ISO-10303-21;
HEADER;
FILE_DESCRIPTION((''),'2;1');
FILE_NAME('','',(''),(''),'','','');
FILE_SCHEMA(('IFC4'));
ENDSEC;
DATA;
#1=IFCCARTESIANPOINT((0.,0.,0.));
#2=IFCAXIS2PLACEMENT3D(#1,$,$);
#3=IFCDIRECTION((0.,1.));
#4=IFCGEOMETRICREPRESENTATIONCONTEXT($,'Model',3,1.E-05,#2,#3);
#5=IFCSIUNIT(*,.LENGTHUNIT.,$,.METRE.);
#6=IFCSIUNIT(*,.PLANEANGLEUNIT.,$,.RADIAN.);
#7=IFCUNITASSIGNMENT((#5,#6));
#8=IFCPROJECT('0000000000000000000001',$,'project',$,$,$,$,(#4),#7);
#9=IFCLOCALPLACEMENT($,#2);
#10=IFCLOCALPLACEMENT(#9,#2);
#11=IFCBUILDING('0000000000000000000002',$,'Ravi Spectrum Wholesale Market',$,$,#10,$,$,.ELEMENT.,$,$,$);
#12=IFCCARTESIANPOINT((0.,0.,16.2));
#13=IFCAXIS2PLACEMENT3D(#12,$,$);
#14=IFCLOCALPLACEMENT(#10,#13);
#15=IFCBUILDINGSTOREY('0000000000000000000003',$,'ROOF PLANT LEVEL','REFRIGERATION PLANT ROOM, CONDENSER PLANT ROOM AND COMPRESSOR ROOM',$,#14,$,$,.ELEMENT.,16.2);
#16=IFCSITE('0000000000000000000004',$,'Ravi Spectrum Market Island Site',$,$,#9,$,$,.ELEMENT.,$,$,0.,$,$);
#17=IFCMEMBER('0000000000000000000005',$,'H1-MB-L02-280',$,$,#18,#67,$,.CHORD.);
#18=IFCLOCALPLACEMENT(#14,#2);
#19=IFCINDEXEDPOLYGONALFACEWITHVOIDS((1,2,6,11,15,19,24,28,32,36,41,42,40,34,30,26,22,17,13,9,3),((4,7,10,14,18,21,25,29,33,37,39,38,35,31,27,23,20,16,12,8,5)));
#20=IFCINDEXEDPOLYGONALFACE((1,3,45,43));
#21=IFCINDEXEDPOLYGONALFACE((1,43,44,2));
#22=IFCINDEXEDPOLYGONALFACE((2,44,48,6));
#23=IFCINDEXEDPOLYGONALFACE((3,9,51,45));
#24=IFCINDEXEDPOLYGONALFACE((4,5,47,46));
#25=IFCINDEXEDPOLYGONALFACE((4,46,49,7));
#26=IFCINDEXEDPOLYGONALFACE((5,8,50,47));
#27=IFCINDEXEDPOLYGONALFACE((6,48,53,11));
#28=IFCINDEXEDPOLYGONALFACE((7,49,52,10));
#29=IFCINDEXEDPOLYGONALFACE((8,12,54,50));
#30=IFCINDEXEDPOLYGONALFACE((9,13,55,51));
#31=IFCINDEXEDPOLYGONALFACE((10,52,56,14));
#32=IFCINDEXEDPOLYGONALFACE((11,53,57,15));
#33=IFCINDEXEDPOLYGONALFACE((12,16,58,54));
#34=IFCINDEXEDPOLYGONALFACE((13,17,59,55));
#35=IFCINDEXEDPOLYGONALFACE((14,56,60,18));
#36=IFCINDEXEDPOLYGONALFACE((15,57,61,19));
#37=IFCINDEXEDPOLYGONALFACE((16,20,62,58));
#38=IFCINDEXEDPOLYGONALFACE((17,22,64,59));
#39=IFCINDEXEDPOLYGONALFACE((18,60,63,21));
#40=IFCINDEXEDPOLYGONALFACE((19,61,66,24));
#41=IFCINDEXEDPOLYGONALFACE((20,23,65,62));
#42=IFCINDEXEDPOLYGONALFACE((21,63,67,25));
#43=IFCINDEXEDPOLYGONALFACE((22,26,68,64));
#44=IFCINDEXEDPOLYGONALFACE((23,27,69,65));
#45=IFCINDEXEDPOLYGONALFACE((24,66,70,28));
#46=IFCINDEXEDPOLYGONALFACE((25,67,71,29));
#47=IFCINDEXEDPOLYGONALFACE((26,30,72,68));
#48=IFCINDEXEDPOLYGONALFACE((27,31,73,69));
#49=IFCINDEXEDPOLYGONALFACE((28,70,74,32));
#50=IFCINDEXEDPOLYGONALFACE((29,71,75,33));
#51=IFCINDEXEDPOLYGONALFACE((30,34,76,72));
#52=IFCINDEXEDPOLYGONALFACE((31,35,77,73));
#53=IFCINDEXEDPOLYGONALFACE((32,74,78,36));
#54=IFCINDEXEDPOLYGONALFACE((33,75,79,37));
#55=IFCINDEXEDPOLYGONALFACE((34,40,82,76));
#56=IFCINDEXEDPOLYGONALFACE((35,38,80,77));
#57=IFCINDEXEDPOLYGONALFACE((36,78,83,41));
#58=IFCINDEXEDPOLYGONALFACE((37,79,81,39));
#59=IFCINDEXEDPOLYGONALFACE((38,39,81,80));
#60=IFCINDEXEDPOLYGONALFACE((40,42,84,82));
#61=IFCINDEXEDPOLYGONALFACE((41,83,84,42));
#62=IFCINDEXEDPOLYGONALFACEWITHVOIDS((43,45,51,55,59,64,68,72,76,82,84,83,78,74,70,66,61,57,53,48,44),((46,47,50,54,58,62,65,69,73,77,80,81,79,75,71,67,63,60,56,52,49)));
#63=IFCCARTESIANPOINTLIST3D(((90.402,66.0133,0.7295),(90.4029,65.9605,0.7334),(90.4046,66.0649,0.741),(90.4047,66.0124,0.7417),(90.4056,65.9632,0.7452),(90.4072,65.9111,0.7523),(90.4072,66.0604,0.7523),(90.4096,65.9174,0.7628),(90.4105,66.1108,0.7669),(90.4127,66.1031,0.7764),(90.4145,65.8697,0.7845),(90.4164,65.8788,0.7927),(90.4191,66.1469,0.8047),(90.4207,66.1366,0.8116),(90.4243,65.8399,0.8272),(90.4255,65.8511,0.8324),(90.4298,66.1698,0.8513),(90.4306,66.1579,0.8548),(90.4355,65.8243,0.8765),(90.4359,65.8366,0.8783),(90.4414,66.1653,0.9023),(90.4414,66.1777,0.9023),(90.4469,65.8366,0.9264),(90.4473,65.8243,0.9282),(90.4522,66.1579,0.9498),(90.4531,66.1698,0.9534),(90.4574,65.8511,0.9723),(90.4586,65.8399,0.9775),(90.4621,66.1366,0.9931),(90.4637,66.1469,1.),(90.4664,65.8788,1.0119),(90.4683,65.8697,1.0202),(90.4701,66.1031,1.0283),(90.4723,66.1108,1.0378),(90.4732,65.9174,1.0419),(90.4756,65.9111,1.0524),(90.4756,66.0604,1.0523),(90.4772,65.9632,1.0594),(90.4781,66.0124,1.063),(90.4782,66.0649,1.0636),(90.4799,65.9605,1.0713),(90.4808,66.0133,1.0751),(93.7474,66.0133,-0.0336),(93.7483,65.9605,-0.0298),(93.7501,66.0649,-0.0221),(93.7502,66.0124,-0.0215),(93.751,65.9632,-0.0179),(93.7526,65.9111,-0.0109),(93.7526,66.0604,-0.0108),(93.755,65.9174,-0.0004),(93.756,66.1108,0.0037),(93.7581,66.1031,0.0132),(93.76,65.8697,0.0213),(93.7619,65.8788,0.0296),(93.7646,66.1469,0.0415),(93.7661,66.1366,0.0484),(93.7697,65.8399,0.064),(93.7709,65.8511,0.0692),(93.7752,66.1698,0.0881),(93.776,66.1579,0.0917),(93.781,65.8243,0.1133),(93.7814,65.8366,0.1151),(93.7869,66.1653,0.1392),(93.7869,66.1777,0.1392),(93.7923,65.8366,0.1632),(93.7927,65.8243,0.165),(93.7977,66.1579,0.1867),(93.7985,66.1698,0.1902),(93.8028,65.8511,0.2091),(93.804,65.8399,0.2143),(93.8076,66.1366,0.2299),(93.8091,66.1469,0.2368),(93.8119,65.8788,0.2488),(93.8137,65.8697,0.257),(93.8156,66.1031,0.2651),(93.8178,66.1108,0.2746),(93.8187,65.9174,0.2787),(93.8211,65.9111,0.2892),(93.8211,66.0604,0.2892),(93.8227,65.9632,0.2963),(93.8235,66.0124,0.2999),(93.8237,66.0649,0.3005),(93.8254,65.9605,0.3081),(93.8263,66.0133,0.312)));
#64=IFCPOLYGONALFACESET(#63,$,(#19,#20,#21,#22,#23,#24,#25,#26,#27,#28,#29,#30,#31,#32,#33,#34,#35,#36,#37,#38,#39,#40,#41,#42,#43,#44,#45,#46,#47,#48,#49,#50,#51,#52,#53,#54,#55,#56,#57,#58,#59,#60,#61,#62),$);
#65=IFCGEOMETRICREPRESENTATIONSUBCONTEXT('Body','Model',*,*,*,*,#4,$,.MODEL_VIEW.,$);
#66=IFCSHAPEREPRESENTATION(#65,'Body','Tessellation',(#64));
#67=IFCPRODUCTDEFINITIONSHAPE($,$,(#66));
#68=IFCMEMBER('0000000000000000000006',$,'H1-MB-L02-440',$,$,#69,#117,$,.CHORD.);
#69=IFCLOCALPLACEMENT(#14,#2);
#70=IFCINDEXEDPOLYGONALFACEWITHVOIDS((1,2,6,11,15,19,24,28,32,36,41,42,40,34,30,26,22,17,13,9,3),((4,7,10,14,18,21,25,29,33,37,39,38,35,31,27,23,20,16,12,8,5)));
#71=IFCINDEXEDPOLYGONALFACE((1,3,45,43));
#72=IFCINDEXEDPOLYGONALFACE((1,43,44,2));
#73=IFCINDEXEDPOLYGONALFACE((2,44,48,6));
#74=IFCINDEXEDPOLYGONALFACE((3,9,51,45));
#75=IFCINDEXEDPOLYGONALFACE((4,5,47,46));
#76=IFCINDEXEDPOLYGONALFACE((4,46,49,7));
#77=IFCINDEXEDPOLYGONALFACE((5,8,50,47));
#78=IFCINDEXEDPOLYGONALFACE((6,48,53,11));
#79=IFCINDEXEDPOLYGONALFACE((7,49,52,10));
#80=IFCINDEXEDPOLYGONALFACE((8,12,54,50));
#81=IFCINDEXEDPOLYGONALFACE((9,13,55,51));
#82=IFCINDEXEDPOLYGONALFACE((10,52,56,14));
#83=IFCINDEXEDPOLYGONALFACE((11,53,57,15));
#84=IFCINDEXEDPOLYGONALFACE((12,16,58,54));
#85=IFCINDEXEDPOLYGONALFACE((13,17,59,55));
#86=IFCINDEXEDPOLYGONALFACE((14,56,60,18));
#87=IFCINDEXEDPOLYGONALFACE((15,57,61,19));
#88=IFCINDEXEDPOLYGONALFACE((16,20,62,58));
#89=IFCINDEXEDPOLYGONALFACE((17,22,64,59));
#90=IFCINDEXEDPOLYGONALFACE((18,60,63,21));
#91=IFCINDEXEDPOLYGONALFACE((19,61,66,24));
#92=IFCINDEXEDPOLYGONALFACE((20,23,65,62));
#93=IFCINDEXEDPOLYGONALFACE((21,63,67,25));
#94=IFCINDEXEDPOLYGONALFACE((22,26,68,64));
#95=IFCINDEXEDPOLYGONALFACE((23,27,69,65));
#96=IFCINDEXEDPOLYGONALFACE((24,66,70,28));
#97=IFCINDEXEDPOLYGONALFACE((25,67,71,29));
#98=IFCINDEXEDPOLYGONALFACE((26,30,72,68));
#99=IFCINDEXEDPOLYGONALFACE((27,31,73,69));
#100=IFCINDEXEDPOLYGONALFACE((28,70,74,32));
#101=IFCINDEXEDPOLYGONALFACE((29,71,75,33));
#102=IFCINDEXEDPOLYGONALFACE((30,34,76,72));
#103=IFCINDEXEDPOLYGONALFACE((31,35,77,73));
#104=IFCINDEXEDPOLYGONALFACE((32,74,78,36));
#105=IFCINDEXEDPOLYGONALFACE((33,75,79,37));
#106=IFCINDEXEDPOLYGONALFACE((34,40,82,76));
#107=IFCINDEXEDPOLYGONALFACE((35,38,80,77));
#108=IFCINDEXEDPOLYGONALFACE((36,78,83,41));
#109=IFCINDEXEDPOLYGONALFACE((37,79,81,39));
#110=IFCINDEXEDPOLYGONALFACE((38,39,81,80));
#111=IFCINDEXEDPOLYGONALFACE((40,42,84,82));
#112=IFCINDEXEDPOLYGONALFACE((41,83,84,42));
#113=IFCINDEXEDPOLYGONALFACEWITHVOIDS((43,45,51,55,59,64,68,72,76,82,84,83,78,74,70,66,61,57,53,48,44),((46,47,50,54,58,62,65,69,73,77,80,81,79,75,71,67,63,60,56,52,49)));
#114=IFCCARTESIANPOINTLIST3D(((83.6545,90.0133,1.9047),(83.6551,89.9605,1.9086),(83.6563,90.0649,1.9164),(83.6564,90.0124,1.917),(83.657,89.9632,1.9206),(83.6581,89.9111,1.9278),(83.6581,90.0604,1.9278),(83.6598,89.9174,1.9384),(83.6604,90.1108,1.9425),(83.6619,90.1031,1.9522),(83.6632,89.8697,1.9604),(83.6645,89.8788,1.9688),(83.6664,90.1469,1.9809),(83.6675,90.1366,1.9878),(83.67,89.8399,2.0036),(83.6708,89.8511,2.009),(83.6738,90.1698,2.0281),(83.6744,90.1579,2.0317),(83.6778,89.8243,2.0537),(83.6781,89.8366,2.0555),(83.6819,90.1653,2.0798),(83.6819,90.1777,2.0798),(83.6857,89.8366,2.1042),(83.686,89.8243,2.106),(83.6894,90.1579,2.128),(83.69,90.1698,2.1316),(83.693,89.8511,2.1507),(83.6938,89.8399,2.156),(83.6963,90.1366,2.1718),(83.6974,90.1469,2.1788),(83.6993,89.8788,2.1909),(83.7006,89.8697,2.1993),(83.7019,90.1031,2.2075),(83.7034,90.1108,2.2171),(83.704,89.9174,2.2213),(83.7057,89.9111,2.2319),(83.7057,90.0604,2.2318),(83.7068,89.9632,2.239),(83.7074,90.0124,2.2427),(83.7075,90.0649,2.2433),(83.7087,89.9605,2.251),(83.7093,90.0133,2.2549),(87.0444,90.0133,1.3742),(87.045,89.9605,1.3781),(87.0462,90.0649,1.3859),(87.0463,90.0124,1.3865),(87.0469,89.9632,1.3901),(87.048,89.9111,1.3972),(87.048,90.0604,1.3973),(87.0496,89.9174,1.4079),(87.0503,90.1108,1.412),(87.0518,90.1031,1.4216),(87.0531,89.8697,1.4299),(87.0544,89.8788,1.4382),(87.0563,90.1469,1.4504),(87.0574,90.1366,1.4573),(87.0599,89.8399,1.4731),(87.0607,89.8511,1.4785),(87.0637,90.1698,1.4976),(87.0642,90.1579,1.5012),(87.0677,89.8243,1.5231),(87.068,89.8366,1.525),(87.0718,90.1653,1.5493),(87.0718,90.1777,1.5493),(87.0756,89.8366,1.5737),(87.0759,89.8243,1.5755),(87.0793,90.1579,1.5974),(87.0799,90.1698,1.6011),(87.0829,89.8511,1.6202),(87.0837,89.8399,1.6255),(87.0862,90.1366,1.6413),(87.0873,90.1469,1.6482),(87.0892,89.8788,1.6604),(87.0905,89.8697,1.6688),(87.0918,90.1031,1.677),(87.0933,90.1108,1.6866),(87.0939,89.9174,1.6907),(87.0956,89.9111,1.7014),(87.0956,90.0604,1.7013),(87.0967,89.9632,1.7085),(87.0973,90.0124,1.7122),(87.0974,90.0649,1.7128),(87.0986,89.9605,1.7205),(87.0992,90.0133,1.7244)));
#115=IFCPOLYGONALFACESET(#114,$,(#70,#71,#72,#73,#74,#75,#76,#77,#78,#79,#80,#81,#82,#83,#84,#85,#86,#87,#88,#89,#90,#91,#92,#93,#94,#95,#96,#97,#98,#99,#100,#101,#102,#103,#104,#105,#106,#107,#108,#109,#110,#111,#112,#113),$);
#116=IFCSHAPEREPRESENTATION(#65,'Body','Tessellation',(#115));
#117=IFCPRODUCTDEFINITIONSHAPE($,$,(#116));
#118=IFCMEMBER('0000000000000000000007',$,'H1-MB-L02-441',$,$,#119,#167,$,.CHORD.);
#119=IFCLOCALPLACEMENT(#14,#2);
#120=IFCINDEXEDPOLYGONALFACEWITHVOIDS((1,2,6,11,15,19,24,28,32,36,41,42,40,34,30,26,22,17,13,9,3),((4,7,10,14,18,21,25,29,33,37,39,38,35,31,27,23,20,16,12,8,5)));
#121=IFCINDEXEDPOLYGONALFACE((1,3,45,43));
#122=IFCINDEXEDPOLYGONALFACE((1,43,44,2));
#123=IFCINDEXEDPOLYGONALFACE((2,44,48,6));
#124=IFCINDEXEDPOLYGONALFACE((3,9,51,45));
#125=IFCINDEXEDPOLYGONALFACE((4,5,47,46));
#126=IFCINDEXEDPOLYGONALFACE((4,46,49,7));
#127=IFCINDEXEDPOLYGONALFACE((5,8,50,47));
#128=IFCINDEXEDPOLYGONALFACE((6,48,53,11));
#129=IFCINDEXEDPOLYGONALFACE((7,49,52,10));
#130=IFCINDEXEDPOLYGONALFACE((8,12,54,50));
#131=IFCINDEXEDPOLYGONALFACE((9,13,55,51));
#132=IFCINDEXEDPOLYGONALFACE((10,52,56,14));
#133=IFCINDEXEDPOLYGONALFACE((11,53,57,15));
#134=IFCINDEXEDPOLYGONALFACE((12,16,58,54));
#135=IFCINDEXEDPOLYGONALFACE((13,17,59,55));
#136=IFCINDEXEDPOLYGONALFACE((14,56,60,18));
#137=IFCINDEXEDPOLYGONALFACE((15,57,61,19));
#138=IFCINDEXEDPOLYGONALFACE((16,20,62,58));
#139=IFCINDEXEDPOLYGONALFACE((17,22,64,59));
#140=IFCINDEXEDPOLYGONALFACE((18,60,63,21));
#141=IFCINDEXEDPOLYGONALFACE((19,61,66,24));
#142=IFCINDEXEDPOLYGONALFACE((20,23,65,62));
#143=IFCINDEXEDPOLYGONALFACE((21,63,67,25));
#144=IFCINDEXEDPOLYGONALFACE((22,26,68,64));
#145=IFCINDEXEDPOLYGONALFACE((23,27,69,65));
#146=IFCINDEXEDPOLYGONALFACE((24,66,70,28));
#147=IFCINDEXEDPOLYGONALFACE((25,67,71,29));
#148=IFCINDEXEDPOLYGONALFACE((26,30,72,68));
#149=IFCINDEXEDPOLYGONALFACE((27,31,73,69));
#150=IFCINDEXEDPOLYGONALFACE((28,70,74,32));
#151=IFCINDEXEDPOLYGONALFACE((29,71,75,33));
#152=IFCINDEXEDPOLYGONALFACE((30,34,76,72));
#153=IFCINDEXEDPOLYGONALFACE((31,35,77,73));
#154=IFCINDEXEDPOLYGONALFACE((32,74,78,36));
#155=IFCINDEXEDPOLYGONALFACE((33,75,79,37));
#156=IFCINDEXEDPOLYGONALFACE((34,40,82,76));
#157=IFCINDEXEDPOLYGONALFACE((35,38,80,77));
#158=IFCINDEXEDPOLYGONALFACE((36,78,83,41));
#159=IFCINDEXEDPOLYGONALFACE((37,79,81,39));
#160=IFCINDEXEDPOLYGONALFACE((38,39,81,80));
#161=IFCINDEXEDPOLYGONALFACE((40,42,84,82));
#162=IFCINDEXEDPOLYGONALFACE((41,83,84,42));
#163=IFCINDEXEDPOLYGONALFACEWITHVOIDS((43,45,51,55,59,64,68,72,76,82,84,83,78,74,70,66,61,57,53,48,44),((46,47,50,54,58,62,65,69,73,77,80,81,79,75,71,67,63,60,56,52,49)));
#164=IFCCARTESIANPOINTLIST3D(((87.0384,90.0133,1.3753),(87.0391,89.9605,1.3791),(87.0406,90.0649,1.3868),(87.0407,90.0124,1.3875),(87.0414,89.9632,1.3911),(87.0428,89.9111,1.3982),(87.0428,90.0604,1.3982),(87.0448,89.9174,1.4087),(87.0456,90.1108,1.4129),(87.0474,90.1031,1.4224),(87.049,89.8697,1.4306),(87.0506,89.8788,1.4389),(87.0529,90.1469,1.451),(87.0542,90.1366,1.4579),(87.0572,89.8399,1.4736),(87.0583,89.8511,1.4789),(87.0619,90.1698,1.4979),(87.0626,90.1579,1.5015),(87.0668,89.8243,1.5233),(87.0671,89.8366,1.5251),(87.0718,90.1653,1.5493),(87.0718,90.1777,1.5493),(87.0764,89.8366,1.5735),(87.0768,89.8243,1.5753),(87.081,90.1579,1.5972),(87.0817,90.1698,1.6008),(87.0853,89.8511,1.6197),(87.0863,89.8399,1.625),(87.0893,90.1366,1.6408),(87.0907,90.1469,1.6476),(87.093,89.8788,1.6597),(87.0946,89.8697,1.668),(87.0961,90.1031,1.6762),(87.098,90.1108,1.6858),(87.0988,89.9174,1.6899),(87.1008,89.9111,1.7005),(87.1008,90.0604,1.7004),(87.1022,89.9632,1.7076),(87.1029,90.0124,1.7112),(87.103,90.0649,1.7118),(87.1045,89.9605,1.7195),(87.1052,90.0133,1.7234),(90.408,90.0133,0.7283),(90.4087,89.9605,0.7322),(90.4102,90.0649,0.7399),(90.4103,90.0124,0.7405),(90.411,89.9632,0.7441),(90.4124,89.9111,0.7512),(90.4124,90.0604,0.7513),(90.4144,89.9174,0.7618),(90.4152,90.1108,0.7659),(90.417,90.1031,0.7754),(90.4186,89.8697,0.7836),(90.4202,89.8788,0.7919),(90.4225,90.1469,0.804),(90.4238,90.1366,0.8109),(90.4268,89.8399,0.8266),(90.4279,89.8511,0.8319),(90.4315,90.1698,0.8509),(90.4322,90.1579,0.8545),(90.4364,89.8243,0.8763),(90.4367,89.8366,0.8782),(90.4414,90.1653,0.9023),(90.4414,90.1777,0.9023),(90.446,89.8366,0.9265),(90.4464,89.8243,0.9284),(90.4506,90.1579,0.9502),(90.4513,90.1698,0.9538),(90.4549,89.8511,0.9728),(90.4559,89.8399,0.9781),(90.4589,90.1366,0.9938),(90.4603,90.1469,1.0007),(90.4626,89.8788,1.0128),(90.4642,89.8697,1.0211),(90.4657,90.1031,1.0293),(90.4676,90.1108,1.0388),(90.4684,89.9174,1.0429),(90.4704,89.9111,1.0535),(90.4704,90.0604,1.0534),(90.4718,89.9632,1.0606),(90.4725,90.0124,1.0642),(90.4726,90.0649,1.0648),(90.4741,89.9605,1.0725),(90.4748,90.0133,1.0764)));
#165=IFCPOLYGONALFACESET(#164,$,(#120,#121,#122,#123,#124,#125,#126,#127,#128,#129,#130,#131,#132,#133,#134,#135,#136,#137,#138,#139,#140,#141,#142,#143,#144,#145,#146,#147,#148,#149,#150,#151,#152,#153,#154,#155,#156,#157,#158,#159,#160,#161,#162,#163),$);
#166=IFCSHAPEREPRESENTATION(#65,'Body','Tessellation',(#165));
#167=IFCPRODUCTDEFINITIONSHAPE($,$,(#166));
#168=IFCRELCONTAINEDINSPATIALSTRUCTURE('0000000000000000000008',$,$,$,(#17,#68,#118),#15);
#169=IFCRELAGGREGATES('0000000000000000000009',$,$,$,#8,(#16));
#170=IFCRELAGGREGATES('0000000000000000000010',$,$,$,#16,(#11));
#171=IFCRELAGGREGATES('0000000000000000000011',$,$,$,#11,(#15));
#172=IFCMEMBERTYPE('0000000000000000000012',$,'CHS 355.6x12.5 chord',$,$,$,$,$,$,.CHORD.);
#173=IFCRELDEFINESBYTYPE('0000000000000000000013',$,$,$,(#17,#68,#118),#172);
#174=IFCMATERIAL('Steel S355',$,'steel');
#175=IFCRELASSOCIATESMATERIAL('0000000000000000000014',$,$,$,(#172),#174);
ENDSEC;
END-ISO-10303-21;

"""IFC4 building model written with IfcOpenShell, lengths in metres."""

from ifc_helpers import new_model, si_unit, direction, frame, origin, origin_2d, place, context, subcontext, project, spatial, hollow_circle, extrude, material, material_profile, profile_set, type_object, element, save


model = new_model("IFC4")

# Units and contexts
model_context = context("Model", 3, precision=1e-05, world=origin(), true_north=direction((0.0, 1.0)))
body_context = subcontext(model_context, "Body", "Model", "MODEL_VIEW")
ifc_project = project(units=[si_unit("LENGTHUNIT", "METRE"), si_unit("PLANEANGLEUNIT", "RADIAN")], contexts=[model_context])

# Site, building, storey
site_placement = place(None, origin())
site = spatial("IfcSite", under=ifc_project, at=site_placement, Name="Ravi Spectrum Market Island Site", CompositionType="ELEMENT", RefElevation=0.0)
building_placement = place(site_placement, origin())
building = spatial("IfcBuilding", under=site, at=building_placement, Name="Ravi Spectrum Wholesale Market", CompositionType="ELEMENT")
storey_placement = place(building_placement, frame((0.0, 0.0, 16.2)))
storey = spatial("IfcBuildingStorey", under=building, at=storey_placement, Name="ROOF PLANT LEVEL", Description="REFRIGERATION PLANT ROOM, CONDENSER PLANT ROOM AND COMPRESSOR ROOM", CompositionType="ELEMENT", Elevation=16.2)

# Members
ifc_material_1 = material(Name="Steel S355", Category="steel")
ifc_material_profile_1 = material_profile(ifc_material_1, hollow_circle(Radius=0.1777, WallThickness=0.0125, at=origin_2d()))
ifc_profile_set_1 = profile_set([ifc_material_profile_1], Name="Steel S355")
member_type_1 = type_object("IfcMemberType", Name="CHS 355.6x12.5 chord", PredefinedType="CHORD", material=ifc_profile_set_1)
member_1_placement = place(storey_placement, frame((90.4414, 66.0, 0.9023), z_axis=(0.974953, 0.0, -0.222411), x_axis=(0.0, 1.0, 0.0)))
element("IfcMember", 1, at=member_1_placement, inside=storey, type_object=member_type_1, Name="H1-MB-L02-280", PredefinedType="CHORD", context=body_context, shape_type="SweptSolid", body=[
    extrude(hollow_circle(Radius=0.1777, WallThickness=0.0125, at=origin_2d()), origin(), (0.0, 0.0, 1.0), 3.4314),
])
for number, where, z_axis, x_axis, name in (
    (2, (83.6819, 90.0, 2.0798), (0.987974, 0.0, -0.154618), (0.0, 1.0, 0.0), "H1-MB-L02-440"),
    (3, (87.0718, 90.0, 1.5493), (0.982062, 0.0, -0.188557), (0.0, 1.0, 0.0), "H1-MB-L02-441"),
):
    element("IfcMember", number, at=place(storey_placement, frame(where, z_axis=z_axis, x_axis=x_axis)), inside=storey, type_object=member_type_1, Name=name, PredefinedType="CHORD", context=body_context, shape_type="SweptSolid", body=[
        extrude(hollow_circle(Radius=0.1777, WallThickness=0.0125, at=origin_2d()), origin(), (0.0, 0.0, 1.0), 3.4312),
    ])

save(model, "model.ifc")
